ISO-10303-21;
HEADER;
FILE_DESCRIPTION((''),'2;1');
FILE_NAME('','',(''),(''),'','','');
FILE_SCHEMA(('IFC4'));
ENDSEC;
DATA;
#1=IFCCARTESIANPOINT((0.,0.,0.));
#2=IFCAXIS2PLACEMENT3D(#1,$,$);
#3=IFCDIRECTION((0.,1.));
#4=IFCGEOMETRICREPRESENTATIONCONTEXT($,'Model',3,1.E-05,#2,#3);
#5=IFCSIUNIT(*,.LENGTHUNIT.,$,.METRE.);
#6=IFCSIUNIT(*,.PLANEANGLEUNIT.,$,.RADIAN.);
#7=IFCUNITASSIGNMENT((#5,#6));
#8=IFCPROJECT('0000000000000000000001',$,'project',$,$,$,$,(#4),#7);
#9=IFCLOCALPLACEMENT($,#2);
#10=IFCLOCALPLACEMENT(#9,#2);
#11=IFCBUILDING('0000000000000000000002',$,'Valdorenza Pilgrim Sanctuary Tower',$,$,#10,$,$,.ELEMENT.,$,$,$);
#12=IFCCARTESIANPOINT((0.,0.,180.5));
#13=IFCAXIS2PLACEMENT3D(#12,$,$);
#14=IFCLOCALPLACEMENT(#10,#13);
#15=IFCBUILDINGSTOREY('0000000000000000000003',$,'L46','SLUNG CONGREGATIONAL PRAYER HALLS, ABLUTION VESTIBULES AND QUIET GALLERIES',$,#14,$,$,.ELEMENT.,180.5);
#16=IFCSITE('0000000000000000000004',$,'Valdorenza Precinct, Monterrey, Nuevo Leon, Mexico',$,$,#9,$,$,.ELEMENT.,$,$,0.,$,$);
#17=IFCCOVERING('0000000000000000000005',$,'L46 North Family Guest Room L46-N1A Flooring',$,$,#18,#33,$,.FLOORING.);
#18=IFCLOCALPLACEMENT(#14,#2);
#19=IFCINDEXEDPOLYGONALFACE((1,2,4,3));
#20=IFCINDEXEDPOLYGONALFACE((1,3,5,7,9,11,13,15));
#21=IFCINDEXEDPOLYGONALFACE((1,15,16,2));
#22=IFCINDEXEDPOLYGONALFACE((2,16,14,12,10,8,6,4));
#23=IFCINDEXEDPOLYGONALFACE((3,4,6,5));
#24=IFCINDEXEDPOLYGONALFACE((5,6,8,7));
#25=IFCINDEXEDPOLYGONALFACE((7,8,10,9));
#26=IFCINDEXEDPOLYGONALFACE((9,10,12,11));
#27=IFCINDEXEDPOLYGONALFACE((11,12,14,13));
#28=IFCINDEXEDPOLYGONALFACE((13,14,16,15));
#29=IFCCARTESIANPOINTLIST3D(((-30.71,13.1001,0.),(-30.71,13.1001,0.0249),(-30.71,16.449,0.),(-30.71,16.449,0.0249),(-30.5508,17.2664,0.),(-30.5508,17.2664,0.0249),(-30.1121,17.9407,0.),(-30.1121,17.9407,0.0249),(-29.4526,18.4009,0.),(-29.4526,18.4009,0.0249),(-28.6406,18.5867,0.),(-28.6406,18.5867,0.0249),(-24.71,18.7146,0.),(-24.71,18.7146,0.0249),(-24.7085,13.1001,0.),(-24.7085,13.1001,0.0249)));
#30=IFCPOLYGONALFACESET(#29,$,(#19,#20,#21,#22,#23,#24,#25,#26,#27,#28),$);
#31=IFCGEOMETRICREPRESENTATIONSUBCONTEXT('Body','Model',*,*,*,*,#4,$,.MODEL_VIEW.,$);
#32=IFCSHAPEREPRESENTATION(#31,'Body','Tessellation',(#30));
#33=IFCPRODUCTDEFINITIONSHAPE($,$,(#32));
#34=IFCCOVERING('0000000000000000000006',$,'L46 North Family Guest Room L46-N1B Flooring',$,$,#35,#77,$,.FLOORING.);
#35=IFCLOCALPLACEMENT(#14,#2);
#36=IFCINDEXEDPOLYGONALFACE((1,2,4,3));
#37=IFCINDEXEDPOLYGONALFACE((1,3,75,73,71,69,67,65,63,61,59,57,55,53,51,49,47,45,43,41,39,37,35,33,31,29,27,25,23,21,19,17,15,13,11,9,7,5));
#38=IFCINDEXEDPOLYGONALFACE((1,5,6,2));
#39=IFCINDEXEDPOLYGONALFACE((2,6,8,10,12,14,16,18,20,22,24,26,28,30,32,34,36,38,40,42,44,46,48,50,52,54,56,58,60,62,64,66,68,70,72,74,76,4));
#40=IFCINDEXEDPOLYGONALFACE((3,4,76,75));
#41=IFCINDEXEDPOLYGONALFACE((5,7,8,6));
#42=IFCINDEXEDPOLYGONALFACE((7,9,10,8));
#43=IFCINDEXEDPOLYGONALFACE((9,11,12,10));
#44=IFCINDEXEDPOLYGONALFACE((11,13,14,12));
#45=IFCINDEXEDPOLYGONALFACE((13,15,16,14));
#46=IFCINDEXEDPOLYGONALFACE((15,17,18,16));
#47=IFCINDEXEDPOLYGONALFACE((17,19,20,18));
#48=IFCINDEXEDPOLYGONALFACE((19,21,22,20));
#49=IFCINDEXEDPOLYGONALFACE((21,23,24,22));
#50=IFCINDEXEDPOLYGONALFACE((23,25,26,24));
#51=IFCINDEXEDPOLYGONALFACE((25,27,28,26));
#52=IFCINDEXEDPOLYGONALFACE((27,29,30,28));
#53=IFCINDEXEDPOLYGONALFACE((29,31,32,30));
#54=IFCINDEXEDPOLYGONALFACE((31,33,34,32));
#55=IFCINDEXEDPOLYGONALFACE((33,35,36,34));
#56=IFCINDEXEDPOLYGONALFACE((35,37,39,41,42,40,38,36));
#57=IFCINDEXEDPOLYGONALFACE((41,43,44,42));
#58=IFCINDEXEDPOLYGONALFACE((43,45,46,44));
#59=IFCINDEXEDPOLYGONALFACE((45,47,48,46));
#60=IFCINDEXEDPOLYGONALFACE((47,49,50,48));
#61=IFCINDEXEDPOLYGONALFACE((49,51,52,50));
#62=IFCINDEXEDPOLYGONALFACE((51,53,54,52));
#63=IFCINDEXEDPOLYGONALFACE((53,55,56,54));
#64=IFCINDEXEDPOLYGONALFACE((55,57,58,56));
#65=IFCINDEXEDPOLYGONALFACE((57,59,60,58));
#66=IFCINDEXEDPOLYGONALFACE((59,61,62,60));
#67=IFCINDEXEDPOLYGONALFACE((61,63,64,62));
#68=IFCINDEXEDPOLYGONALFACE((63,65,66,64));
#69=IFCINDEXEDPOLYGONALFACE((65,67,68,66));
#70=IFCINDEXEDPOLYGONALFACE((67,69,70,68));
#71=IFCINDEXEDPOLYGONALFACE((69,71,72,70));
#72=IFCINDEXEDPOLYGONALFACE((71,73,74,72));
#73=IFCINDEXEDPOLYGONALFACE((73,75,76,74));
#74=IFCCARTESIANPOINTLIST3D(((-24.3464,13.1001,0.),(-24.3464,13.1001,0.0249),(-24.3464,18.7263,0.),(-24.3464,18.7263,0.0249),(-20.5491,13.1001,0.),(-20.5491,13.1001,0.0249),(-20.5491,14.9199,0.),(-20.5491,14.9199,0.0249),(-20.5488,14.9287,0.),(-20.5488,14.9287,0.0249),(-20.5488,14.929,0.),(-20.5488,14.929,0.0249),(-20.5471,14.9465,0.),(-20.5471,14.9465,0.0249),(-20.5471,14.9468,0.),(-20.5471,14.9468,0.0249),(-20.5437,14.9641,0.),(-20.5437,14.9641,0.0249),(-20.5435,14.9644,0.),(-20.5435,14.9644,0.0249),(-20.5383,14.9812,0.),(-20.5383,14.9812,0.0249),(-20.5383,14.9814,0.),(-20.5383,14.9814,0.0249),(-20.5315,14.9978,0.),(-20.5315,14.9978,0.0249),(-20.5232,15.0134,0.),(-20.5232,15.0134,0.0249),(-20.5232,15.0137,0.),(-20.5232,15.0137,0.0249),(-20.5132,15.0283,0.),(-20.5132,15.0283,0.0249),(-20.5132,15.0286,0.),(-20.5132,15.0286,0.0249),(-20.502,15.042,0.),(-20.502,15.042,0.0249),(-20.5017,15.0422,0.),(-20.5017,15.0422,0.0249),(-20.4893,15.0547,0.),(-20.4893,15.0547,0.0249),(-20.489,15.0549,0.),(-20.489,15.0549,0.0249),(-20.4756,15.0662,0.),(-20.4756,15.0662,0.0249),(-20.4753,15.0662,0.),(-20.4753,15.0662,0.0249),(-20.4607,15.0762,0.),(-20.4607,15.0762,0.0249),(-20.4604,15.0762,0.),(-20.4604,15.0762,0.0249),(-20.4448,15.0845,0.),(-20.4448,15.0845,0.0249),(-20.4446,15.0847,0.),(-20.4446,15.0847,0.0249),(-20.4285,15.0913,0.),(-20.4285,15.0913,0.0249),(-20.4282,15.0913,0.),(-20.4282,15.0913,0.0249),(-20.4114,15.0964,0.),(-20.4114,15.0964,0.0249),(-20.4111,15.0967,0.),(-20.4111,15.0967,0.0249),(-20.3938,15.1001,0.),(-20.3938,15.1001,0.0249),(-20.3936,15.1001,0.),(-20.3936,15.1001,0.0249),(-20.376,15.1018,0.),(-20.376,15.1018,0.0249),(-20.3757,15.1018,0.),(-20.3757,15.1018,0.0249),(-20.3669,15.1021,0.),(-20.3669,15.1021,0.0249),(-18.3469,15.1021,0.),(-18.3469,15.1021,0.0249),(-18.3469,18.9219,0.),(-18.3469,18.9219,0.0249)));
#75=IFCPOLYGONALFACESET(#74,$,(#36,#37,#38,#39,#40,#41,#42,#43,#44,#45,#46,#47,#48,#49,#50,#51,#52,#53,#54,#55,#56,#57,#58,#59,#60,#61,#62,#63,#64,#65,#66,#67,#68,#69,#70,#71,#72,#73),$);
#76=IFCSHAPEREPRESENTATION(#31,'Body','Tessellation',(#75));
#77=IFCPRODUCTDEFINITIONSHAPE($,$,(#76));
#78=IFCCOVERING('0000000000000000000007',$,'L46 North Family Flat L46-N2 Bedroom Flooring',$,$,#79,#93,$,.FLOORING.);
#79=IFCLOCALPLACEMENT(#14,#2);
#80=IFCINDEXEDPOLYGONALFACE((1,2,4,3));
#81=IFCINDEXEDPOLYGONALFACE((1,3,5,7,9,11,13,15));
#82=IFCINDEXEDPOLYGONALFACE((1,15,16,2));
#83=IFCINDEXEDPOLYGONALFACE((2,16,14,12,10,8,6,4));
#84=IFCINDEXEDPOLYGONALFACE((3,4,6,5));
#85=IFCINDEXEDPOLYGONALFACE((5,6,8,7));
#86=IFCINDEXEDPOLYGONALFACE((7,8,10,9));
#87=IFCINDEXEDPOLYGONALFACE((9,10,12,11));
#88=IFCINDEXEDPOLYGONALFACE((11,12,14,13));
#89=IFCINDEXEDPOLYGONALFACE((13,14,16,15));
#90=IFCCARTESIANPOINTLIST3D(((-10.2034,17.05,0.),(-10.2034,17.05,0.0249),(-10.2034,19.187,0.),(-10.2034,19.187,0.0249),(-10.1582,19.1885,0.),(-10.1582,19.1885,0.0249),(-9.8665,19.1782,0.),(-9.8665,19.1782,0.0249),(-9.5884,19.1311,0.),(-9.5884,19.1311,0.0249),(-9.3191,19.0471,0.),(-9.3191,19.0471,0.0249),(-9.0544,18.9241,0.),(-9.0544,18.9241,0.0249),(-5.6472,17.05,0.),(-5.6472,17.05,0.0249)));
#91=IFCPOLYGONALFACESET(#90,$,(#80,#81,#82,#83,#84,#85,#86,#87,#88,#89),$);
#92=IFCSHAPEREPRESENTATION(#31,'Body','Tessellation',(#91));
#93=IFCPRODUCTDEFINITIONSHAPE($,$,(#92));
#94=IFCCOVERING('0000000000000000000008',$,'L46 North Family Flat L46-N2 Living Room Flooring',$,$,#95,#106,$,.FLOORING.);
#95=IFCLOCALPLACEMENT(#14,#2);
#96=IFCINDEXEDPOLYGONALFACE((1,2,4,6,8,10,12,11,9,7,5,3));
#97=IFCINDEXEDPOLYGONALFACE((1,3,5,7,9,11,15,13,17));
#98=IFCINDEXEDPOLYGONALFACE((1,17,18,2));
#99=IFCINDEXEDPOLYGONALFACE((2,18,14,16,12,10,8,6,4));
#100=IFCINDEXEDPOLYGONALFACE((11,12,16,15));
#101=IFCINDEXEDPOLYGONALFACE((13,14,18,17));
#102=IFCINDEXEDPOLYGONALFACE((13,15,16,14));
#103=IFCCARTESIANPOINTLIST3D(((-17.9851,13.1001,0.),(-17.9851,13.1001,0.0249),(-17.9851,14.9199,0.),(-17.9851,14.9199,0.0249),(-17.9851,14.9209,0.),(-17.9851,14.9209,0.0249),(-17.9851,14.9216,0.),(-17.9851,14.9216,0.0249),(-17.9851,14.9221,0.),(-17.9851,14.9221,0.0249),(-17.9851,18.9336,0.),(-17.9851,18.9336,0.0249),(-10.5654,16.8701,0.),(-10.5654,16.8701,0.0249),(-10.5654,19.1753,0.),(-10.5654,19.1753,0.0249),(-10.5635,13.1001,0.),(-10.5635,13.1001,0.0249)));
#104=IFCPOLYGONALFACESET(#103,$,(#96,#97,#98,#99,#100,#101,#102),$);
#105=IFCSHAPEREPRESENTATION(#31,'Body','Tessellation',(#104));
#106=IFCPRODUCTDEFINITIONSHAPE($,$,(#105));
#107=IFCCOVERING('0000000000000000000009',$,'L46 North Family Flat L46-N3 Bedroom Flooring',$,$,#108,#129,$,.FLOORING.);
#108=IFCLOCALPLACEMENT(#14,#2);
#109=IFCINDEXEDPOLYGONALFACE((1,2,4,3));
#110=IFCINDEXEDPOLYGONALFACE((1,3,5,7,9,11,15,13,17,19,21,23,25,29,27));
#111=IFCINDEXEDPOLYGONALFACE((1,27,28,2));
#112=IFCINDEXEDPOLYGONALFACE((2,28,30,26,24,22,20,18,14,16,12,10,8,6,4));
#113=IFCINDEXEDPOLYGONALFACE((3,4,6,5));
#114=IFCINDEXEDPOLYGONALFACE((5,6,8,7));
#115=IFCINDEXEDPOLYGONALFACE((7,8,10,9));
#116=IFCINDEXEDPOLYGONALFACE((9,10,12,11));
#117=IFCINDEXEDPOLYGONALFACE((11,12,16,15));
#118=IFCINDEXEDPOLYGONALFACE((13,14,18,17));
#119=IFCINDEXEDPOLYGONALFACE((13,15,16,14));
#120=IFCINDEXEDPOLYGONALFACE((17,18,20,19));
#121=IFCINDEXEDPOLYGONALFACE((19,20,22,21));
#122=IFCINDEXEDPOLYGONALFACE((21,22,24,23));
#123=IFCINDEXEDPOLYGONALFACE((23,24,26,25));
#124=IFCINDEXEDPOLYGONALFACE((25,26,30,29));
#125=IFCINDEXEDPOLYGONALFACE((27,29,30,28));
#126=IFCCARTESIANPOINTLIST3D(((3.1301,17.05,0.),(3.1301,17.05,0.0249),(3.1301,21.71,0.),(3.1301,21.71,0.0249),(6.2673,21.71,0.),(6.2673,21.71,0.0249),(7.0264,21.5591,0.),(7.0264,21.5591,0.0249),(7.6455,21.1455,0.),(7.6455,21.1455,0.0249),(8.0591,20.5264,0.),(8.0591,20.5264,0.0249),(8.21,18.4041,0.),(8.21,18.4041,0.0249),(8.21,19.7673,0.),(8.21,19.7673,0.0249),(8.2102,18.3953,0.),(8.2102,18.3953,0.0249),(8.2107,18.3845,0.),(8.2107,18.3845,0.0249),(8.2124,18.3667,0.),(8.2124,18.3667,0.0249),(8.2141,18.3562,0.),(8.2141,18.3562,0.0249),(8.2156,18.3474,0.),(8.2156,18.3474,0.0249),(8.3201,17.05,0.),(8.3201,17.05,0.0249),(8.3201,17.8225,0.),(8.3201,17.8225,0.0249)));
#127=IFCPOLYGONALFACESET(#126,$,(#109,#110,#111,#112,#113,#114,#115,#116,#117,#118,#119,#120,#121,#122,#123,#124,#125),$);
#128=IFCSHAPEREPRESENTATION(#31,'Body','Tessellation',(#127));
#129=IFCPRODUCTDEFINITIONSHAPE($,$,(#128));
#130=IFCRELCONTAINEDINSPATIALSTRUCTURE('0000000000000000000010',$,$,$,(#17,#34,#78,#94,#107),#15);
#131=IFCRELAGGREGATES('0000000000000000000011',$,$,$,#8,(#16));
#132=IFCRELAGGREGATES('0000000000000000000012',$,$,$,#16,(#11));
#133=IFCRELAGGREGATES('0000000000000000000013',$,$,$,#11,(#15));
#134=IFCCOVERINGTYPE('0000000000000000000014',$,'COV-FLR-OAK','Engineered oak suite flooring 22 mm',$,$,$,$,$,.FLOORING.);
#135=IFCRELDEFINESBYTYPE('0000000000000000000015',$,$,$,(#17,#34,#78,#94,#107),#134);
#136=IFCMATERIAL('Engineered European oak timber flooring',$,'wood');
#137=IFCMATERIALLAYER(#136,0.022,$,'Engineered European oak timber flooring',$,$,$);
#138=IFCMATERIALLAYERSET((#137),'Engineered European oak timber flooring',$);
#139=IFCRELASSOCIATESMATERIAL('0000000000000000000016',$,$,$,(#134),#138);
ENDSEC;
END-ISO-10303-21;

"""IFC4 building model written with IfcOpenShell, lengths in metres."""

from ifc_helpers import new_model, si_unit, direction, frame, origin, place, context, subcontext, project, spatial, polyline, outline, extrude, material, layer, layer_set, type_object, element, save


model = new_model("IFC4")

# Units and contexts
model_context = context("Model", 3, precision=1e-05, world=origin(), true_north=direction((0.0, 1.0)))
body_context = subcontext(model_context, "Body", "Model", "MODEL_VIEW")
ifc_project = project(units=[si_unit("LENGTHUNIT", "METRE"), si_unit("PLANEANGLEUNIT", "RADIAN")], contexts=[model_context])

# Site, building, storey
site_placement = place(None, origin())
site = spatial("IfcSite", under=ifc_project, at=site_placement, Name="Valdorenza Precinct, Monterrey, Nuevo Leon, Mexico", CompositionType="ELEMENT", RefElevation=0.0)
building_placement = place(site_placement, origin())
building = spatial("IfcBuilding", under=site, at=building_placement, Name="Valdorenza Pilgrim Sanctuary Tower", CompositionType="ELEMENT")
storey_placement = place(building_placement, frame((0.0, 0.0, 180.5)))
storey = spatial("IfcBuildingStorey", under=building, at=storey_placement, Name="L46", Description="SLUNG CONGREGATIONAL PRAYER HALLS, ABLUTION VESTIBULES AND QUIET GALLERIES", CompositionType="ELEMENT", Elevation=180.5)

# Coverings
ifc_material_1 = material(Name="Engineered European oak timber flooring", Category="wood")
ifc_layer_1 = layer(ifc_material_1, 0.022, Name="Engineered European oak timber flooring")
ifc_layer_set_1 = layer_set([ifc_layer_1], Name="Engineered European oak timber flooring")
covering_type_1 = type_object("IfcCoveringType", Name="COV-FLR-OAK", Description="Engineered oak suite flooring 22 mm", PredefinedType="FLOORING", material=ifc_layer_set_1)
covering_1_placement = place(storey_placement, origin())
element("IfcCovering", 1, at=covering_1_placement, inside=storey, type_object=covering_type_1, Name="L46 North Family Guest Room L46-N1A Flooring", PredefinedType="FLOORING", context=body_context, shape_type="SweptSolid", body=[
    extrude(outline(polyline([(-30.5508, 17.2664), (-30.1121, 17.9407), (-29.4526, 18.4009), (-28.6406, 18.5867), (-24.71, 18.7146), (-24.7085, 13.1001), (-30.71, 13.1001), (-30.71, 16.449), (-30.5508, 17.2664)])), origin(), (0.0, 0.0, 1.0), 0.0249),
])
covering_2_placement = place(storey_placement, origin())
element("IfcCovering", 2, at=covering_2_placement, inside=storey, type_object=covering_type_1, Name="L46 North Family Guest Room L46-N1B Flooring", PredefinedType="FLOORING", context=body_context, shape_type="SweptSolid", body=[
    extrude(outline(polyline([(-18.3469, 18.9219), (-18.3469, 15.1021), (-20.3669, 15.1021), (-20.3757, 15.1018), (-20.376, 15.1018), (-20.3936, 15.1001), (-20.3938, 15.1001), (-20.4111, 15.0967), (-20.4114, 15.0964), (-20.4282, 15.0913), (-20.4285, 15.0913), (-20.4446, 15.0847), (-20.4448, 15.0845), (-20.4604, 15.0762), (-20.4607, 15.0762), (-20.4753, 15.0662), (-20.4756, 15.0662), (-20.489, 15.0549), (-20.4893, 15.0547), (-20.5017, 15.0422), (-20.502, 15.042), (-20.5132, 15.0286), (-20.5132, 15.0283), (-20.5232, 15.0137), (-20.5232, 15.0134), (-20.5315, 14.9978), (-20.5315, 14.9978), (-20.5383, 14.9814), (-20.5383, 14.9812), (-20.5435, 14.9644), (-20.5437, 14.9641), (-20.5471, 14.9468), (-20.5471, 14.9465), (-20.5488, 14.929), (-20.5488, 14.9287), (-20.5491, 14.9199), (-20.5491, 13.1001), (-24.3464, 13.1001), (-24.3464, 18.7263), (-18.3469, 18.9219)])), origin(), (0.0, 0.0, 1.0), 0.0249),
])
covering_3_placement = place(storey_placement, origin())
element("IfcCovering", 3, at=covering_3_placement, inside=storey, type_object=covering_type_1, Name="L46 North Family Flat L46-N2 Bedroom Flooring", PredefinedType="FLOORING", context=body_context, shape_type="SweptSolid", body=[
    extrude(outline(polyline([(-10.2034, 17.05), (-10.2034, 19.187), (-10.1582, 19.1885), (-9.8665, 19.1782), (-9.5884, 19.1311), (-9.3191, 19.0471), (-9.0544, 18.9241), (-5.6472, 17.05), (-10.2034, 17.05)])), origin(), (0.0, 0.0, 1.0), 0.0249),
])
covering_4_placement = place(storey_placement, origin())
element("IfcCovering", 4, at=covering_4_placement, inside=storey, type_object=covering_type_1, Name="L46 North Family Flat L46-N2 Living Room Flooring", PredefinedType="FLOORING", context=body_context, shape_type="SweptSolid", body=[
    extrude(outline(polyline([(-17.9851, 14.9216), (-17.9851, 14.9221), (-17.9851, 18.9336), (-10.5654, 19.1753), (-10.5654, 16.8701), (-10.5635, 13.1001), (-17.9851, 13.1001), (-17.9851, 14.9199), (-17.9851, 14.9209), (-17.9851, 14.9216)])), origin(), (0.0, 0.0, 1.0), 0.0249),
])
covering_5_placement = place(storey_placement, origin())
element("IfcCovering", 5, at=covering_5_placement, inside=storey, type_object=covering_type_1, Name="L46 North Family Flat L46-N3 Bedroom Flooring", PredefinedType="FLOORING", context=body_context, shape_type="SweptSolid", body=[
    extrude(outline(polyline([(3.1301, 17.05), (3.1301, 21.71), (6.2673, 21.71), (7.0264, 21.5591), (7.6455, 21.1455), (8.0591, 20.5264), (8.21, 19.7673), (8.21, 18.4041), (8.2102, 18.3953), (8.2107, 18.3845), (8.2124, 18.3667), (8.2141, 18.3562), (8.2156, 18.3474), (8.3201, 17.8225), (8.3201, 17.05), (3.1301, 17.05)])), origin(), (0.0, 0.0, 1.0), 0.0249),
])

save(model, "model.ifc")
